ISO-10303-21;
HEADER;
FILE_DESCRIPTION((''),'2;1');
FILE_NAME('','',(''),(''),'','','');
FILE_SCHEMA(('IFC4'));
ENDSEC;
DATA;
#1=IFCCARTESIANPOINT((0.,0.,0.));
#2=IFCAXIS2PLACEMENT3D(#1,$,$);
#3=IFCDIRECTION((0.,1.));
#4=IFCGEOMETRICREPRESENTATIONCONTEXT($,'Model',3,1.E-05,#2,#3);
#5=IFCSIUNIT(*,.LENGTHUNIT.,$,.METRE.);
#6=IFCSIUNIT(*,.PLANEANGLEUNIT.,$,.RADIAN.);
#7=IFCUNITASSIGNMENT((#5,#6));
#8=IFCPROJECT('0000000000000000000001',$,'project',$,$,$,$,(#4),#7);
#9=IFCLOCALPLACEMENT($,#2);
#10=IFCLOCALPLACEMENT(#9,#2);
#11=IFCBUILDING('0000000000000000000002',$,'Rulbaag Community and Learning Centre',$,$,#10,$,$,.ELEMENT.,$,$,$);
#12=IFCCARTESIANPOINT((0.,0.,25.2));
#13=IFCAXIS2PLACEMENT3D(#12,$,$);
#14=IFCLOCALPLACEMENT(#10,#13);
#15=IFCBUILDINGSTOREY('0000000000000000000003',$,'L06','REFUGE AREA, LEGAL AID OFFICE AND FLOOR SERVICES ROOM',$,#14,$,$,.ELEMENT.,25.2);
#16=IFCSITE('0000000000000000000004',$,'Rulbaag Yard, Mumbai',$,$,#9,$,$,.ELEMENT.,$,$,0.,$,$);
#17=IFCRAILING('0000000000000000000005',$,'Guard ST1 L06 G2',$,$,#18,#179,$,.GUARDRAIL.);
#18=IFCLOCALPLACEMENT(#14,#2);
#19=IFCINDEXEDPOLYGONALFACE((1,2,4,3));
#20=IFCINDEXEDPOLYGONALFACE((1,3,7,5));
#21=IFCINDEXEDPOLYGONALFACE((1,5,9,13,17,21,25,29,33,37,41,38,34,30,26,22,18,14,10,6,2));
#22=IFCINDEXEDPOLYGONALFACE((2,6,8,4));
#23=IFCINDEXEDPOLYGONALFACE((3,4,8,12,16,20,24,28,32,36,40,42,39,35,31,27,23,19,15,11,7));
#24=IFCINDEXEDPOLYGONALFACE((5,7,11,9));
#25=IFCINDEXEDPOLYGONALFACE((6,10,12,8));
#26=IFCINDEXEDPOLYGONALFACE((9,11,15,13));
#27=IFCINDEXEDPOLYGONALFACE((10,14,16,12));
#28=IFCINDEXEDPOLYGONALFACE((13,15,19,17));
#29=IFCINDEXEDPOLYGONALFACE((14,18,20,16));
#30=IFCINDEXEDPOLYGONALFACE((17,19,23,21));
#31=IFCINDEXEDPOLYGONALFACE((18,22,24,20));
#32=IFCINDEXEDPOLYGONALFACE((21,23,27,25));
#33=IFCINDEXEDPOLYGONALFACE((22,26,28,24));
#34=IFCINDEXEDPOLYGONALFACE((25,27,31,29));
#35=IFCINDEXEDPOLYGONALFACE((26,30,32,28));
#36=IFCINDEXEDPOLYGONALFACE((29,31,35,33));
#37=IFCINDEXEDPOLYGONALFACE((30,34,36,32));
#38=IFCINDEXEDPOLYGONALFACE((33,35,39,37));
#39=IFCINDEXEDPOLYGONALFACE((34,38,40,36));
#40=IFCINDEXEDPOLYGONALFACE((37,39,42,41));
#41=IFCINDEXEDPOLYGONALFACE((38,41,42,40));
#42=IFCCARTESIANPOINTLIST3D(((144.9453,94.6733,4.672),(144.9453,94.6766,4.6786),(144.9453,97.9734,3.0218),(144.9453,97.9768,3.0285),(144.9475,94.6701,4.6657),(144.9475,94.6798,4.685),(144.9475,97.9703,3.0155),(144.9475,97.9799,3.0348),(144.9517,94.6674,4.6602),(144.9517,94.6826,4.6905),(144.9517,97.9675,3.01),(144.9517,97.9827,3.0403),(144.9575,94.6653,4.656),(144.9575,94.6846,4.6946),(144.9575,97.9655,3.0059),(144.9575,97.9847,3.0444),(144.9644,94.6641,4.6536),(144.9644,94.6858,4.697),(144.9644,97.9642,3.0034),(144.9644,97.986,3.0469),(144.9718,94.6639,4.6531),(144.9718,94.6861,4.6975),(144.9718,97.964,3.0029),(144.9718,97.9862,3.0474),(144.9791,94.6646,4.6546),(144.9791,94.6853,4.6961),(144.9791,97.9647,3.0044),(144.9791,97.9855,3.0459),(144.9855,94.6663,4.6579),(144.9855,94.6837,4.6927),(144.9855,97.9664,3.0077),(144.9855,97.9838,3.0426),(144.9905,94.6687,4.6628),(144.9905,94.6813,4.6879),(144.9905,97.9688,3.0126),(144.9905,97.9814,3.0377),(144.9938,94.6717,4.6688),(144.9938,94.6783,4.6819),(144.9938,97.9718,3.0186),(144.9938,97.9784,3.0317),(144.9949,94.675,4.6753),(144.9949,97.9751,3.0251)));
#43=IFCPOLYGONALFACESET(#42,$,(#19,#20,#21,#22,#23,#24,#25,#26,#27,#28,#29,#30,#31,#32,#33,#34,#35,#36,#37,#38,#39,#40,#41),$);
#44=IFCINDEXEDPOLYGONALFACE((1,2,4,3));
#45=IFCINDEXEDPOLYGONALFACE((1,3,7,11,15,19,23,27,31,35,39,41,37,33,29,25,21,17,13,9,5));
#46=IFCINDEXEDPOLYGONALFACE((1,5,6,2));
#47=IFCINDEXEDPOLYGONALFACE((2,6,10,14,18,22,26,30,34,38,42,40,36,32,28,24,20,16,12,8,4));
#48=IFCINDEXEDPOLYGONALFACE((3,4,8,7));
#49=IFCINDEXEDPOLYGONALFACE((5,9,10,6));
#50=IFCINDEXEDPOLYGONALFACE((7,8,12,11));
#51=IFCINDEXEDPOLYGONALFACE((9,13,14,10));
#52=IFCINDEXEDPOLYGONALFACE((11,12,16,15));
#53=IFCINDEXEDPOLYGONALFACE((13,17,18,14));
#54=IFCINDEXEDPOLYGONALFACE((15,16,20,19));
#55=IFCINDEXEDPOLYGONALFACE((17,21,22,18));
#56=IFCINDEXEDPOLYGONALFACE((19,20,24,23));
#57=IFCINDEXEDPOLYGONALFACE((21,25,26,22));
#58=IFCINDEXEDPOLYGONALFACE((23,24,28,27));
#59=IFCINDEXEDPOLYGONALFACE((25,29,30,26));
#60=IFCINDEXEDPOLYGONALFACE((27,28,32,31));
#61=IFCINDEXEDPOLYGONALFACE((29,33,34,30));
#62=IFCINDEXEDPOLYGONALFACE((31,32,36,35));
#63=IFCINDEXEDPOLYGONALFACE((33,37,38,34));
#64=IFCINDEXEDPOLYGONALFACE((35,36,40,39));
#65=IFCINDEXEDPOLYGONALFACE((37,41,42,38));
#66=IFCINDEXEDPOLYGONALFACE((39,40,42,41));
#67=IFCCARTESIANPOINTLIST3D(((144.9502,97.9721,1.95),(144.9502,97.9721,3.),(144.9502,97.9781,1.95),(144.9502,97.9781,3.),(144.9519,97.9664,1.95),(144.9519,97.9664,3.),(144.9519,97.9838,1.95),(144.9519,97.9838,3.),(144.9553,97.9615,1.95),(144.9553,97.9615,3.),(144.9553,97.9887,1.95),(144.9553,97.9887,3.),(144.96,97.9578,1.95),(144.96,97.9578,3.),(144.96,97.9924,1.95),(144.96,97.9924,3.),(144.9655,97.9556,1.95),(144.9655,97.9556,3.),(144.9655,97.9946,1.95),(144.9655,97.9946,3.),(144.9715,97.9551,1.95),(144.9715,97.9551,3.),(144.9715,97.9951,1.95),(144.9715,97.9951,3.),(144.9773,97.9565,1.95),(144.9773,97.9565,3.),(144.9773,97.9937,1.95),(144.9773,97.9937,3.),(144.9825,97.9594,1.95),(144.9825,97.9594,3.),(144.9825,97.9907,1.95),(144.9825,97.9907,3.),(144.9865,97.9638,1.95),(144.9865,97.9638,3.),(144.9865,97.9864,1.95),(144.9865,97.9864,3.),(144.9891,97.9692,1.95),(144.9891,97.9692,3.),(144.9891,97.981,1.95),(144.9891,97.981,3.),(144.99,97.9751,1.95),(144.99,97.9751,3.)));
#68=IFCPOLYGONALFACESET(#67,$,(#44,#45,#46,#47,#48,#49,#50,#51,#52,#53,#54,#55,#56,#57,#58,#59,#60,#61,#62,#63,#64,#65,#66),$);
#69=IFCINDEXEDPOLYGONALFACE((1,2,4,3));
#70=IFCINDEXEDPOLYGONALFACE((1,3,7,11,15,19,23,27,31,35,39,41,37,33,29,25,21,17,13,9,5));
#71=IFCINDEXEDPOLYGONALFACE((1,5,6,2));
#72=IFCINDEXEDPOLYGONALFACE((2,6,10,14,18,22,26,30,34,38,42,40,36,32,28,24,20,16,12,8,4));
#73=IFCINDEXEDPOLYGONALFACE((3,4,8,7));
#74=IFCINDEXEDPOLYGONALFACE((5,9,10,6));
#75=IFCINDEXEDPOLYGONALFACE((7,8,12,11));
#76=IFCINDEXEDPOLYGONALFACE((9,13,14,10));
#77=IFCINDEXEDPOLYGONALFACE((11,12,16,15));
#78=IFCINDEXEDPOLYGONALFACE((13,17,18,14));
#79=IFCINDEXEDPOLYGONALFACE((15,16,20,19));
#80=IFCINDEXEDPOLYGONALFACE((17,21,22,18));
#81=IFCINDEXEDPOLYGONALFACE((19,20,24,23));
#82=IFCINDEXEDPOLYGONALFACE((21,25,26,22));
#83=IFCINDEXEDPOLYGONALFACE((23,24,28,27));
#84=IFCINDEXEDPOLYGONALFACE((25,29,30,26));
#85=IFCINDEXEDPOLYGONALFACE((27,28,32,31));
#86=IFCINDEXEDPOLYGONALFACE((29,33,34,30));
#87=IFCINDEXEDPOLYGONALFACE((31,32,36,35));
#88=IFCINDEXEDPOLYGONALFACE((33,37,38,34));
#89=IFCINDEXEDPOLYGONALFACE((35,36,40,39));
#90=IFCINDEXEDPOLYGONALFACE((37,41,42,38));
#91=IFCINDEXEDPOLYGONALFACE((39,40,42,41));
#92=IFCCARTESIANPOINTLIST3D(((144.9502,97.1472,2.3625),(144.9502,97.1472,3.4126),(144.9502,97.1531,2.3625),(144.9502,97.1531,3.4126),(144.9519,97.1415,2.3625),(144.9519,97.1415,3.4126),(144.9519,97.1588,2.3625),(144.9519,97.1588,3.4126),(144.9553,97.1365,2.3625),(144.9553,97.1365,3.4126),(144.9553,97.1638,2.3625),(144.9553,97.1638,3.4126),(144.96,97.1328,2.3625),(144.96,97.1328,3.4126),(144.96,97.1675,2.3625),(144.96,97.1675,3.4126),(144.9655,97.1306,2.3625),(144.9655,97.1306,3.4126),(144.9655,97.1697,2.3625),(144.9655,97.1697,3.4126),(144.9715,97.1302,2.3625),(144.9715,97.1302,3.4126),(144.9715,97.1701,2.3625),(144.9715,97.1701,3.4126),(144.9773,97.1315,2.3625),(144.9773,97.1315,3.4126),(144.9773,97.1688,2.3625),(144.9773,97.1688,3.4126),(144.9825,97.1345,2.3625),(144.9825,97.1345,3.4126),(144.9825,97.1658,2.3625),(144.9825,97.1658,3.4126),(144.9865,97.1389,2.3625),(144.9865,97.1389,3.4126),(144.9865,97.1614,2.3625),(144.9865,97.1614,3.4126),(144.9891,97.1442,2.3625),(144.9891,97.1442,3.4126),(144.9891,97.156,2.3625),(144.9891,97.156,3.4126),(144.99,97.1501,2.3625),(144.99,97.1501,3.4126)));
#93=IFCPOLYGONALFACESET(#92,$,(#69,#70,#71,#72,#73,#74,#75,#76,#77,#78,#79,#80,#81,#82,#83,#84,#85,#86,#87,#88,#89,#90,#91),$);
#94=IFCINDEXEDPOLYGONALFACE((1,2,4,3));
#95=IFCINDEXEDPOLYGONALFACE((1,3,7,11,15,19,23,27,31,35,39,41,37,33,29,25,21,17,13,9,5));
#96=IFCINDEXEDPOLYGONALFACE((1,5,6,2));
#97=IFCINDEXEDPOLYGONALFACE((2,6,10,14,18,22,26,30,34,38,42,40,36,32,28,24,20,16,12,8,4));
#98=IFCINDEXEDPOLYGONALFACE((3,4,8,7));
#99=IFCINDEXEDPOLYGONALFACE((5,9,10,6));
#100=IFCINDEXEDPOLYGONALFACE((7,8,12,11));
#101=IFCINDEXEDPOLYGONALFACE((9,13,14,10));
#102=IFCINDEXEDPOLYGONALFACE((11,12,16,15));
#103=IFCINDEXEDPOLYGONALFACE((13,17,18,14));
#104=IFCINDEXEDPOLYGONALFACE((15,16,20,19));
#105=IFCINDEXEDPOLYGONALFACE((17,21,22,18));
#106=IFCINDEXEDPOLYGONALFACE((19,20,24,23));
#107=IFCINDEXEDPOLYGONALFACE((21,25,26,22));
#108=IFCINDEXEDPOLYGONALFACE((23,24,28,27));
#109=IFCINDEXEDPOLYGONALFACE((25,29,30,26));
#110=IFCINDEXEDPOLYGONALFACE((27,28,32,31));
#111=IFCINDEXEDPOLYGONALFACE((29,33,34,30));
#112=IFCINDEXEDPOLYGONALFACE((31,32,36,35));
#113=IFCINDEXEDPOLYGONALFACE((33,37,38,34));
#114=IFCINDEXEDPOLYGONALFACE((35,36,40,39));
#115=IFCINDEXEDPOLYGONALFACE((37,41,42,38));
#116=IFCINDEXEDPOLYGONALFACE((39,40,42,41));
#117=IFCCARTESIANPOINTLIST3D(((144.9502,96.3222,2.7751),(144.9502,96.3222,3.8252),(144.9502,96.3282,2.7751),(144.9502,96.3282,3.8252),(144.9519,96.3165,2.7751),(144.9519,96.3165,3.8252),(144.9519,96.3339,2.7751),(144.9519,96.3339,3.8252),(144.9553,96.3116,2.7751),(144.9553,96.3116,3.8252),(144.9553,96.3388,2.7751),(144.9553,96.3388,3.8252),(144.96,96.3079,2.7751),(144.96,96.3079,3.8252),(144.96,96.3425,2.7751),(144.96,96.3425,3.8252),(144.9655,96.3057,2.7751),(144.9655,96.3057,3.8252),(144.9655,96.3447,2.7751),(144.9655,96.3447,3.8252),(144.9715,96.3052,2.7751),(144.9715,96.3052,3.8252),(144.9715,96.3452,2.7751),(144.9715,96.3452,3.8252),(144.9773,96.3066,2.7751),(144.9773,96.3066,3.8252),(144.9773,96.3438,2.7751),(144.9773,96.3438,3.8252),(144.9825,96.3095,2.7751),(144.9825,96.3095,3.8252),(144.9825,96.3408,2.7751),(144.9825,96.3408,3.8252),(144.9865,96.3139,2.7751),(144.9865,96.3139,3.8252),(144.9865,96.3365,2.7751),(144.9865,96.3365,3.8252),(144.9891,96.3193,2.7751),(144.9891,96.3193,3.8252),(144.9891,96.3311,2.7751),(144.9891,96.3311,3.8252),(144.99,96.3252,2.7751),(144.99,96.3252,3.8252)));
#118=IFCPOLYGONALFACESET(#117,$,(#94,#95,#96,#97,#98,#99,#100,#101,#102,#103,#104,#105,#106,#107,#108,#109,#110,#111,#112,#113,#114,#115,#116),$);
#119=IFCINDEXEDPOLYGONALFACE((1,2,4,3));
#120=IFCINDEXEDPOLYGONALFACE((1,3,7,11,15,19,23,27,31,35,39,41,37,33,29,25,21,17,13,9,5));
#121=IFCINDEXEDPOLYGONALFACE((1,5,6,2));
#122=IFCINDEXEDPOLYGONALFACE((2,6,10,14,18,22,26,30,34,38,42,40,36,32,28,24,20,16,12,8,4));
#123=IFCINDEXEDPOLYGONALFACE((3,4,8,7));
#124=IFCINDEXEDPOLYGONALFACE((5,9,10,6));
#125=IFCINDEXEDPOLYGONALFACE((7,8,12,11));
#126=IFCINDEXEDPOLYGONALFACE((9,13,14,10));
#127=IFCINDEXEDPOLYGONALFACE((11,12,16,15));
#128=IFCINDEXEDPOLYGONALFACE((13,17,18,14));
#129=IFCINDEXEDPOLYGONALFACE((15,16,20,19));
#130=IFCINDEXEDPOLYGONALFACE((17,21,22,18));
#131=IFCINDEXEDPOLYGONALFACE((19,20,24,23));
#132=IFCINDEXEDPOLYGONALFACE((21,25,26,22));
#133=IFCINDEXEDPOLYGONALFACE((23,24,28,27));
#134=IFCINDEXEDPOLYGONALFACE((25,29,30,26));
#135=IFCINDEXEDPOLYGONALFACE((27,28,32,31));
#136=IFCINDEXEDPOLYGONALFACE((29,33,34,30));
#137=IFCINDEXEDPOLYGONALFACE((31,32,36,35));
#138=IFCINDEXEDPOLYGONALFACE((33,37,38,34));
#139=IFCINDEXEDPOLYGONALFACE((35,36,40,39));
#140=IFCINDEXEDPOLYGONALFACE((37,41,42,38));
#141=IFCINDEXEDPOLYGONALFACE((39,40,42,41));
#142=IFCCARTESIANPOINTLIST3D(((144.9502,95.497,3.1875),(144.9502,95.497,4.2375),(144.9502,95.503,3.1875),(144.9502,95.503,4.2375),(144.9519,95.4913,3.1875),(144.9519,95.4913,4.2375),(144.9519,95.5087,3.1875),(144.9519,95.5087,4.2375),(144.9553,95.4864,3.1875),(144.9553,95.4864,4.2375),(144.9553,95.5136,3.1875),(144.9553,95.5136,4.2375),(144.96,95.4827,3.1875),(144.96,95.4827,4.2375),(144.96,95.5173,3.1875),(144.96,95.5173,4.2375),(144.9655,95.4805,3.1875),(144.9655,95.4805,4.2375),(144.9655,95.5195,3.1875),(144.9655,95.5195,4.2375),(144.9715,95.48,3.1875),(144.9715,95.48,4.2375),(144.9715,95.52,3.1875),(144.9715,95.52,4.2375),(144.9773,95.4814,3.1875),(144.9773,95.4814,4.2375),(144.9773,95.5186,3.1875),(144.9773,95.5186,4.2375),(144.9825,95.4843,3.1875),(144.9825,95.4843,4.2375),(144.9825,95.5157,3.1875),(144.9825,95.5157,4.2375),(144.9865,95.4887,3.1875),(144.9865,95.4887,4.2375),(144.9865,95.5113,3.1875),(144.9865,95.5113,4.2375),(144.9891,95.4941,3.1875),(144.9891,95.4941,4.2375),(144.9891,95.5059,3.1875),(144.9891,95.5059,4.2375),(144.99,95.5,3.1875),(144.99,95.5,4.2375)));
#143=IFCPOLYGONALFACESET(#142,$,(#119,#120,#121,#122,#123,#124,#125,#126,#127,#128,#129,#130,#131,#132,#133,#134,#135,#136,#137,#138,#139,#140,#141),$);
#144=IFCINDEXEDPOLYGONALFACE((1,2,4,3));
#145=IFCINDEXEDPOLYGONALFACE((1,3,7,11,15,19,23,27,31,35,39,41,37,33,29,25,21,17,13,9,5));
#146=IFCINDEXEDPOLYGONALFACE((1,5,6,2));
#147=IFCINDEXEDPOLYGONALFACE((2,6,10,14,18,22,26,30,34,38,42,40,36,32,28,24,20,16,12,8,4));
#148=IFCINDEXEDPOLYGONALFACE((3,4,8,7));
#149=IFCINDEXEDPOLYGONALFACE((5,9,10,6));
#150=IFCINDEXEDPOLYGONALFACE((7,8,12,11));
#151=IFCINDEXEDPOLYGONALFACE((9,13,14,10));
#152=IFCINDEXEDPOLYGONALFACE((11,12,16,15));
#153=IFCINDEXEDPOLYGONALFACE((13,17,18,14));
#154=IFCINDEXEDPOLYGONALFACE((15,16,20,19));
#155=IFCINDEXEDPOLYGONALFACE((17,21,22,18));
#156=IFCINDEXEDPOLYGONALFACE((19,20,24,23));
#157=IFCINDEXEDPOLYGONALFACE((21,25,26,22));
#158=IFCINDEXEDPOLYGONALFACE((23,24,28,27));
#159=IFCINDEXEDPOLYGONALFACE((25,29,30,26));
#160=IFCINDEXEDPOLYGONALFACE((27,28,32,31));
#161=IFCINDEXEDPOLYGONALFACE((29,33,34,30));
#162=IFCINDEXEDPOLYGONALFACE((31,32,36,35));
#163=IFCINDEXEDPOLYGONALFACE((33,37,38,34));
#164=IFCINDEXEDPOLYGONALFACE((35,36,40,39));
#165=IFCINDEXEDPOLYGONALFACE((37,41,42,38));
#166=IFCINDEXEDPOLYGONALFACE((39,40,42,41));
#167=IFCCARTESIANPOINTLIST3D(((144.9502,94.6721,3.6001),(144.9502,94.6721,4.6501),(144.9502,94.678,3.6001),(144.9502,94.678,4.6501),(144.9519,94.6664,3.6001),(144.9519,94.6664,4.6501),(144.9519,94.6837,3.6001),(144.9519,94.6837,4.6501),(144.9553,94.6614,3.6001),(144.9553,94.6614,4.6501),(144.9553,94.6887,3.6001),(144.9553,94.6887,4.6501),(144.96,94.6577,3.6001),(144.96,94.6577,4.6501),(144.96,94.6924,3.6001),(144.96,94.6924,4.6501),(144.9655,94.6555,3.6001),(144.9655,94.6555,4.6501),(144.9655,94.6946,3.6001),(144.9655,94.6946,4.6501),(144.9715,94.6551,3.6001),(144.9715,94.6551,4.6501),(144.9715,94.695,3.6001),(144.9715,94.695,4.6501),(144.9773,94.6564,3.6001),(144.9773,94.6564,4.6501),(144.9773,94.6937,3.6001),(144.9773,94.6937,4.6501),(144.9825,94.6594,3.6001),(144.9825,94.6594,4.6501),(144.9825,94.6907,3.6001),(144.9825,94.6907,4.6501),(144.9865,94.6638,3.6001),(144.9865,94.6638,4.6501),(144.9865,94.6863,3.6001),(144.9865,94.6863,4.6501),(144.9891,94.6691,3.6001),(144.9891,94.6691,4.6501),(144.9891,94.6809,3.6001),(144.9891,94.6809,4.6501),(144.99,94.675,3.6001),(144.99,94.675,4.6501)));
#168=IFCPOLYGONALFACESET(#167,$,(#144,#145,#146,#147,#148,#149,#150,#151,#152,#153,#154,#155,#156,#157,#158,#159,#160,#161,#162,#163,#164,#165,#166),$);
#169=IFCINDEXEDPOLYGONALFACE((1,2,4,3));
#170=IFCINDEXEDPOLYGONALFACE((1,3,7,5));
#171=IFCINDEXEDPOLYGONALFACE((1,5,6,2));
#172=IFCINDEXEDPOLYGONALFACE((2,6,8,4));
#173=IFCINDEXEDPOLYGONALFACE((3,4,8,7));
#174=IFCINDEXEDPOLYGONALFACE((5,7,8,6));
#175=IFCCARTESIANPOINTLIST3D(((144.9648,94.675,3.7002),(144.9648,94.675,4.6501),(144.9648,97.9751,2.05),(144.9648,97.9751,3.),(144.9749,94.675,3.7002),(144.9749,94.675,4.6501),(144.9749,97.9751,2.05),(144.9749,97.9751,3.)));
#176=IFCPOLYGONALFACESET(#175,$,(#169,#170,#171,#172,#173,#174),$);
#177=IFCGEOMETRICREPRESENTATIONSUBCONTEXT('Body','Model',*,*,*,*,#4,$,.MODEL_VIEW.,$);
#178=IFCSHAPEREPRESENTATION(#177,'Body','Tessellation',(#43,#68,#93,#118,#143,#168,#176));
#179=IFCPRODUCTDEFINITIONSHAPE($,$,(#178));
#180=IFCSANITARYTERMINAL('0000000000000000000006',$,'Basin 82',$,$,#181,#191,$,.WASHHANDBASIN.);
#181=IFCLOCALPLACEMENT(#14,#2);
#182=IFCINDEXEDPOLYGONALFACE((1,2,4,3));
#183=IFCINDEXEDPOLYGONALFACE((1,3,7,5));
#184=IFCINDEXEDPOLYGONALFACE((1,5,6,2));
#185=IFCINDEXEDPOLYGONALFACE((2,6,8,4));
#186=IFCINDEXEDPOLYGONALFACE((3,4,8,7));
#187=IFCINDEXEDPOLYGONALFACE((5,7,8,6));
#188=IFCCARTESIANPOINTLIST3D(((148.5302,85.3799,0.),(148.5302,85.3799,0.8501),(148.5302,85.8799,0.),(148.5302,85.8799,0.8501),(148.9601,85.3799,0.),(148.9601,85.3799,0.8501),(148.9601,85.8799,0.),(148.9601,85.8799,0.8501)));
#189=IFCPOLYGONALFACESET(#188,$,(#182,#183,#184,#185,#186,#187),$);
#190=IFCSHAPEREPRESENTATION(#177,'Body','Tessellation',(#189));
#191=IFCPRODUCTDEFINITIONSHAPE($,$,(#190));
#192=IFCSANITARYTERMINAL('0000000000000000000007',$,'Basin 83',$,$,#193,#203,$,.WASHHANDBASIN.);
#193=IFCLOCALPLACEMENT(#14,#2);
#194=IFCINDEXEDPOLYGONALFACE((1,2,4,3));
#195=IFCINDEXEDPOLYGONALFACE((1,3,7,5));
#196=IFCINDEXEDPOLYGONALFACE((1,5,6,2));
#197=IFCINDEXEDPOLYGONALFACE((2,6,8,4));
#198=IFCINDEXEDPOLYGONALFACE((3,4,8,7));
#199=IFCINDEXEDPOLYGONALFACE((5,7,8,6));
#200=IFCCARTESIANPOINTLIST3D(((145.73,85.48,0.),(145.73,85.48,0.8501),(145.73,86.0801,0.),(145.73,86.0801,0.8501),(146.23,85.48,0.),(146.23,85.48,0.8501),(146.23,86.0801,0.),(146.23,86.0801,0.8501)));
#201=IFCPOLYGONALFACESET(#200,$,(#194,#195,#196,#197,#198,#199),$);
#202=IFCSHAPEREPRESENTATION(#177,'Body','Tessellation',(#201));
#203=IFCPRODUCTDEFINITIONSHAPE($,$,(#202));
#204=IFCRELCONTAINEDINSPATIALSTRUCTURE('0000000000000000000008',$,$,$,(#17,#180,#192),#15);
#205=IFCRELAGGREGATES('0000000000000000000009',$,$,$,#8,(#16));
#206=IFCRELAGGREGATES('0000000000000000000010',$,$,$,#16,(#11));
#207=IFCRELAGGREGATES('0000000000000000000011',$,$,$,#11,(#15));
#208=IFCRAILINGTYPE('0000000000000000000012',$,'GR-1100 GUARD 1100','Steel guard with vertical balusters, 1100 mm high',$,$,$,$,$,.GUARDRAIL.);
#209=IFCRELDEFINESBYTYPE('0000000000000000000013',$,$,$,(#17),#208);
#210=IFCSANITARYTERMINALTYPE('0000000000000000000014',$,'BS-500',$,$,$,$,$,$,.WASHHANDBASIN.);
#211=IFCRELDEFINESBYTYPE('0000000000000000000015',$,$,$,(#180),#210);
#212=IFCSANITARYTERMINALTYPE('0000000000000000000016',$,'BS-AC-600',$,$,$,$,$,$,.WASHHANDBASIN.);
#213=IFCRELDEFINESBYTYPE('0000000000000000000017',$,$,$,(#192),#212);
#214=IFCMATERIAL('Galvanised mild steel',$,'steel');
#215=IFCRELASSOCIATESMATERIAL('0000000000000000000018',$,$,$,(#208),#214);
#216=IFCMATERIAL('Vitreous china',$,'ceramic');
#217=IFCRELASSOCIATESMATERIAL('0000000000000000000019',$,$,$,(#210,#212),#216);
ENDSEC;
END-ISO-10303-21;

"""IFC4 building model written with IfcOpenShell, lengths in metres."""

from ifc_helpers import new_model, si_unit, direction, frame, origin, origin_2d, place, context, subcontext, project, spatial, polyline, rectangle, circle, outline, extrude, material, type_object, element, save


model = new_model("IFC4")

# Units and contexts
model_context = context("Model", 3, precision=1e-05, world=origin(), true_north=direction((0.0, 1.0)))
body_context = subcontext(model_context, "Body", "Model", "MODEL_VIEW")
ifc_project = project(units=[si_unit("LENGTHUNIT", "METRE"), si_unit("PLANEANGLEUNIT", "RADIAN")], contexts=[model_context])

# Site, building, storey
site_placement = place(None, origin())
site = spatial("IfcSite", under=ifc_project, at=site_placement, Name="Rulbaag Yard, Mumbai", CompositionType="ELEMENT", RefElevation=0.0)
building_placement = place(site_placement, origin())
building = spatial("IfcBuilding", under=site, at=building_placement, Name="Rulbaag Community and Learning Centre", CompositionType="ELEMENT")
storey_placement = place(building_placement, frame((0.0, 0.0, 25.2)))
storey = spatial("IfcBuildingStorey", under=building, at=storey_placement, Name="L06", Description="REFUGE AREA, LEGAL AID OFFICE AND FLOOR SERVICES ROOM", CompositionType="ELEMENT", Elevation=25.2)

# Railing
ifc_material_1 = material(Name="Galvanised mild steel", Category="steel")
railing_type_1 = type_object("IfcRailingType", Name="GR-1100 GUARD 1100", Description="Steel guard with vertical balusters, 1100 mm high", PredefinedType="GUARDRAIL", material=ifc_material_1)
railing_1_placement = place(storey_placement, frame((144.97, 97.9751, 1.95)))
element("IfcRailing", 1, at=railing_1_placement, inside=storey, type_object=railing_type_1, Name="Guard ST1 L06 G2", PredefinedType="GUARDRAIL", context=body_context, shape_type="SweptSolid", body=[
    extrude(circle(Radius=0.0249, at=origin_2d()), frame((0.0, 0.0, 1.0752), z_axis=(0.0, -0.894414, 0.44724), x_axis=(1.0, 0.0, 0.0)), (0.0, 0.0, 1.0), 3.6897),
    extrude(circle(Radius=0.02, at=origin_2d()), origin(), (0.0, 0.0, 1.0), 1.05),
    extrude(circle(Radius=0.02, at=origin_2d()), frame((0.0, -0.825, 0.4126)), (0.0, 0.0, 1.0), 1.05),
    extrude(circle(Radius=0.02, at=origin_2d()), frame((0.0, -1.6499, 0.8252)), (0.0, 0.0, 1.0), 1.05),
    extrude(circle(Radius=0.02, at=origin_2d()), frame((0.0, -2.4751, 1.2375)), (0.0, 0.0, 1.0), 1.05),
    extrude(circle(Radius=0.02, at=origin_2d()), frame((0.0, -3.3, 1.6501)), (0.0, 0.0, 1.0), 1.05),
    extrude(outline(polyline([(0.0, 0.0), (3.3, 1.6501), (3.3, 2.6001), (0.0, 0.95), (0.0, 0.0)])), frame((0.0049, 0.0, 0.1001), z_axis=(-1.0, 0.0, 0.0), x_axis=(0.0, -1.0, 0.0)), (0.0, 0.0, 1.0), 0.01),
])

# Sanitary terminals
ifc_material_2 = material(Name="Vitreous china", Category="ceramic")
sanitary_terminal_type_1 = type_object("IfcSanitaryTerminalType", Name="BS-500", PredefinedType="WASHHANDBASIN", material=ifc_material_2)
sanitary_terminal_1_placement = place(storey_placement, frame((148.7451, 85.6299, 0.0), z_axis=(0.0, 0.0, 1.0), x_axis=(1.0, 0.0, 0.0)))
element("IfcSanitaryTerminal", 2, at=sanitary_terminal_1_placement, inside=storey, type_object=sanitary_terminal_type_1, Name="Basin 82", PredefinedType="WASHHANDBASIN", context=body_context, shape_type="SweptSolid", body=[
    extrude(rectangle(XDim=0.4299, YDim=0.5, at=origin_2d()), origin(), (0.0, 0.0, 1.0), 0.8501),
])
sanitary_terminal_type_2 = type_object("IfcSanitaryTerminalType", Name="BS-AC-600", PredefinedType="WASHHANDBASIN", material=ifc_material_2)
sanitary_terminal_2_placement = place(storey_placement, frame((145.98, 85.78, 0.0), z_axis=(0.0, 0.0, 1.0), x_axis=(1.0, 0.0, 0.0)))
element("IfcSanitaryTerminal", 3, at=sanitary_terminal_2_placement, inside=storey, type_object=sanitary_terminal_type_2, Name="Basin 83", PredefinedType="WASHHANDBASIN", context=body_context, shape_type="SweptSolid", body=[
    extrude(rectangle(XDim=0.5, YDim=0.6001, at=origin_2d()), origin(), (0.0, 0.0, 1.0), 0.8501),
])

save(model, "model.ifc")
